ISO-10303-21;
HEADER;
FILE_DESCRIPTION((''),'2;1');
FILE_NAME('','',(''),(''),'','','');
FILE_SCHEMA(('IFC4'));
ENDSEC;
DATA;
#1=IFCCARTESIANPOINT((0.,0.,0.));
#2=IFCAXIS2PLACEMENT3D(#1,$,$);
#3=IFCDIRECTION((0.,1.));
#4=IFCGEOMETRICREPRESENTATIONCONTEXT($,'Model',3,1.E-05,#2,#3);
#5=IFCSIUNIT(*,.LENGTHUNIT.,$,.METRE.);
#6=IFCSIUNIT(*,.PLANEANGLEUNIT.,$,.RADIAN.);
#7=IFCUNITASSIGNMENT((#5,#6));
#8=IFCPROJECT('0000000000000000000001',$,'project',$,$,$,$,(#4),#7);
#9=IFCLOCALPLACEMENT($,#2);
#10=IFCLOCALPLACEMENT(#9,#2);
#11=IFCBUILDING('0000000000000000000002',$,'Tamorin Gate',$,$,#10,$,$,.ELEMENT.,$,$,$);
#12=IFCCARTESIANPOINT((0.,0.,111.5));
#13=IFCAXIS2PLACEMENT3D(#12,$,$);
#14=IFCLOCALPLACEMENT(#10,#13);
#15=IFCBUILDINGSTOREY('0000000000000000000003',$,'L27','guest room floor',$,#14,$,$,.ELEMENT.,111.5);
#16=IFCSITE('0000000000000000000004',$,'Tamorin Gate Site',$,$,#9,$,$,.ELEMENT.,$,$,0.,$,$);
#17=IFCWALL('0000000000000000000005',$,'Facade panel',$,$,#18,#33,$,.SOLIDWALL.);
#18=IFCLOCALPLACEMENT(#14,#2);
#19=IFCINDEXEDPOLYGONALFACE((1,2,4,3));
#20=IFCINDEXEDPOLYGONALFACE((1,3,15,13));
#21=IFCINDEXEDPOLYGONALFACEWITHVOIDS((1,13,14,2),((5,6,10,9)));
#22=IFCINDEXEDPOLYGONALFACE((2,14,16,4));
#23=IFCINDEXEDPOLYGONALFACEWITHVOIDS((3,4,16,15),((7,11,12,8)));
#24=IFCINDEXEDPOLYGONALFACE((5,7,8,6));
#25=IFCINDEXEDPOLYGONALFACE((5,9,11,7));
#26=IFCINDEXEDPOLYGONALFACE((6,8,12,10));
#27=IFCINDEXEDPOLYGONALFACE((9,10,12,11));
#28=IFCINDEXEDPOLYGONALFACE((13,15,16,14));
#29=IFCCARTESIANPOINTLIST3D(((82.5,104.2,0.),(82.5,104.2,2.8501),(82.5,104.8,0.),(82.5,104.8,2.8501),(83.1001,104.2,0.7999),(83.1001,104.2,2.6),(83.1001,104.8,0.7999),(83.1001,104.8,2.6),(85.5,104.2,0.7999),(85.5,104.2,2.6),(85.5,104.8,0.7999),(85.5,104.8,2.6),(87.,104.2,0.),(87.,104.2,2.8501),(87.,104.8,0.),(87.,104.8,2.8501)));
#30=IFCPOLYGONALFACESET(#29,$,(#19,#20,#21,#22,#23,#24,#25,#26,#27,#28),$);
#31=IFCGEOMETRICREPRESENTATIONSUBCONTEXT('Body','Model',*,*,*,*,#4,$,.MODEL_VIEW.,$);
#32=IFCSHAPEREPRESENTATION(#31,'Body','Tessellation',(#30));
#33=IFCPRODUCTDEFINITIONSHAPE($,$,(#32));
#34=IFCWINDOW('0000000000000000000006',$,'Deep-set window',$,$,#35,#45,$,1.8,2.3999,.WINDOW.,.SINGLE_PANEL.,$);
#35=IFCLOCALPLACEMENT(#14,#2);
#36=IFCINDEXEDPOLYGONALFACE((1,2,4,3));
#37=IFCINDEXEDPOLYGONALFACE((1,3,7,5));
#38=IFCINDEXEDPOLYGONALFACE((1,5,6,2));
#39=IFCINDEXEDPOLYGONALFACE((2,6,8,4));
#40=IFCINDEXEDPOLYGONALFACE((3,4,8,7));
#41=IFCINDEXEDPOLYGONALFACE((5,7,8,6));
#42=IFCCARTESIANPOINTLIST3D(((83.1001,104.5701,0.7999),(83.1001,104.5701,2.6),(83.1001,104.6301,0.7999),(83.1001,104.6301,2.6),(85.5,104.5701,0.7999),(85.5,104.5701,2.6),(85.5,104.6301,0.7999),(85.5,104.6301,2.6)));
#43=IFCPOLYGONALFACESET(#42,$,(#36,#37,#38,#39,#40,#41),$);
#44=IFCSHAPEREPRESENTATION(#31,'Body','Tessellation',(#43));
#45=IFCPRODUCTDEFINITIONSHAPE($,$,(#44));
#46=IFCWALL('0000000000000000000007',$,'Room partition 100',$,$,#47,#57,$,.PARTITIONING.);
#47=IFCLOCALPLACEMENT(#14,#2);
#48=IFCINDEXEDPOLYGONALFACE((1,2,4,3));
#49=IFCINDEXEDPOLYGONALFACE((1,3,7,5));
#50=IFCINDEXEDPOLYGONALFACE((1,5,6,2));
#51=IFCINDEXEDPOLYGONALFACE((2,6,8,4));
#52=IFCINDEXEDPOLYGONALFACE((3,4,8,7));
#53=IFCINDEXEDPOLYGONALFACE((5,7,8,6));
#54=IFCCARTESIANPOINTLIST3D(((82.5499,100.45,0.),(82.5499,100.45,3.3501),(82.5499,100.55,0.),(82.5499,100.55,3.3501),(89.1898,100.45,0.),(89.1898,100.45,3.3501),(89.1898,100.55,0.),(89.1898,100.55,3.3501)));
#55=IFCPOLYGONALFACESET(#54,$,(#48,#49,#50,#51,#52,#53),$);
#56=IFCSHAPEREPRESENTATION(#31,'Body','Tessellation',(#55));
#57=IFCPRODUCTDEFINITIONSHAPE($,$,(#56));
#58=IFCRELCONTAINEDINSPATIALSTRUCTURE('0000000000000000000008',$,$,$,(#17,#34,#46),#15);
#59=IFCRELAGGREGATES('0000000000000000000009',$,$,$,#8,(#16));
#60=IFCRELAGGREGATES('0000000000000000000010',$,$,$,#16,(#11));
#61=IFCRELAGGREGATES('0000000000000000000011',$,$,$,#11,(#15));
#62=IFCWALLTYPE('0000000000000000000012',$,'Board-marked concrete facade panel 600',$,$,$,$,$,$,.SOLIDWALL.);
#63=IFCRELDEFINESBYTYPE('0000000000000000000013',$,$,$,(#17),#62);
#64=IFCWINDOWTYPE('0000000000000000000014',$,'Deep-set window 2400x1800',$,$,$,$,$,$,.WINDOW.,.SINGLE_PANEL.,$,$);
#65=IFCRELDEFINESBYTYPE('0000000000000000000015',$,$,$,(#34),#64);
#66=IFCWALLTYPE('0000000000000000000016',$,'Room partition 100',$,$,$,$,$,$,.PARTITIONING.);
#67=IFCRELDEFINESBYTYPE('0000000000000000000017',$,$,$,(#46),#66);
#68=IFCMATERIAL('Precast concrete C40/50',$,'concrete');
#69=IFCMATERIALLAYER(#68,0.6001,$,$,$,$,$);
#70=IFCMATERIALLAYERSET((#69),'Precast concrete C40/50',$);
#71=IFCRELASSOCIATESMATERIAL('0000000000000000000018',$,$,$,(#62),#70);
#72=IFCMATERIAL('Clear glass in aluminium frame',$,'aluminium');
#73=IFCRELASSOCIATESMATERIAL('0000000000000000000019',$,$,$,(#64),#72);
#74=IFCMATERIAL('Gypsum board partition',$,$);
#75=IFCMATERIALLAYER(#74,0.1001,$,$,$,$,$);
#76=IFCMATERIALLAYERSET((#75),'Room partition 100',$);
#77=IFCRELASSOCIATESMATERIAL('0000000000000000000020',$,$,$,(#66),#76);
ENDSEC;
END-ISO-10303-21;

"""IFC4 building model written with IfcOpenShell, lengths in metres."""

from ifc_helpers import new_model, si_unit, direction, frame, frame_2d, origin, place, context, subcontext, project, spatial, rectangle, extrude, material, layer, layer_set, type_object, element, fill, save


model = new_model("IFC4")

# Units and contexts
model_context = context("Model", 3, precision=1e-05, world=origin(), true_north=direction((0.0, 1.0)))
body_context = subcontext(model_context, "Body", "Model", "MODEL_VIEW")
ifc_project = project(units=[si_unit("LENGTHUNIT", "METRE"), si_unit("PLANEANGLEUNIT", "RADIAN")], contexts=[model_context])

# Site, building, storey
site_placement = place(None, origin())
site = spatial("IfcSite", under=ifc_project, at=site_placement, Name="Tamorin Gate Site", CompositionType="ELEMENT", RefElevation=0.0)
building_placement = place(site_placement, origin())
building = spatial("IfcBuilding", under=site, at=building_placement, Name="Tamorin Gate", CompositionType="ELEMENT")
storey_placement = place(building_placement, frame((0.0, 0.0, 111.5)))
storey = spatial("IfcBuildingStorey", under=building, at=storey_placement, Name="L27", Description="guest room floor", CompositionType="ELEMENT", Elevation=111.5)

# Shared definitions
ifc_material_1 = material(Name="Precast concrete C40/50", Category="concrete")
ifc_layer_1 = layer(ifc_material_1, 0.6001)
ifc_layer_set_1 = layer_set([ifc_layer_1], Name="Precast concrete C40/50")
wall_type_1 = type_object("IfcWallType", Name="Board-marked concrete facade panel 600", PredefinedType="SOLIDWALL", material=ifc_layer_set_1)
ifc_material_2 = material(Name="Clear glass in aluminium frame", Category="aluminium")
window_type = type_object("IfcWindowType", Name="Deep-set window 2400x1800", PartitioningType="SINGLE_PANEL", PredefinedType="WINDOW", material=ifc_material_2)

# Wall, opening, window
wall_1_placement = place(storey_placement, frame((87.0, 104.5, 0.0), z_axis=(0.0, 0.0, 1.0), x_axis=(-1.0, 0.0, 0.0)))
wall_1 = element("IfcWall", 1, at=wall_1_placement, inside=storey, type_object=wall_type_1, Name="Facade panel", PredefinedType="SOLIDWALL", context=body_context, shape_type="SweptSolid", body=[
    extrude(rectangle(XDim=4.5, YDim=0.6001, at=frame_2d((2.25, 0.0))), origin(), (0.0, 0.0, 1.0), 2.8501),
])
opening_1_placement = place(wall_1_placement, frame((1.5, 0.0, 0.8)))
opening_1 = element("IfcOpeningElement", 2, at=opening_1_placement, cuts=wall_1, PredefinedType="OPENING", context=body_context, shape_type="SweptSolid", body=[
    extrude(rectangle(XDim=2.3999, YDim=1.8, at=frame_2d((1.2, 0.8999))), frame((0.0, 0.3101, 0.0), z_axis=(0.0, -1.0, 0.0), x_axis=(1.0, 0.0, 0.0)), (0.0, 0.0, 1.0), 0.6201),
])
window_1_placement = place(opening_1_placement, origin())
window_1 = element("IfcWindow", 3, at=window_1_placement, inside=storey, type_object=window_type, Name="Deep-set window", OverallHeight=1.8, OverallWidth=2.3999, PartitioningType="SINGLE_PANEL", PredefinedType="WINDOW", context=body_context, shape_type="SweptSolid", body=[
    extrude(rectangle(XDim=2.3999, YDim=1.8, at=frame_2d((1.2, 0.8999))), frame((0.0, -0.0701, 0.0), z_axis=(0.0, -1.0, 0.0), x_axis=(1.0, 0.0, 0.0)), (0.0, 0.0, 1.0), 0.0601),
])
fill(opening_1, window_1)

# Wall
ifc_material_3 = material(Name="Gypsum board partition")
ifc_layer_2 = layer(ifc_material_3, 0.1001)
ifc_layer_set_2 = layer_set([ifc_layer_2], Name="Room partition 100")
wall_type_2 = type_object("IfcWallType", Name="Room partition 100", PredefinedType="PARTITIONING", material=ifc_layer_set_2)
wall_2_placement = place(storey_placement, frame((82.55, 100.5, 0.0), z_axis=(0.0, 0.0, 1.0), x_axis=(1.0, 0.0, 0.0)))
element("IfcWall", 4, at=wall_2_placement, inside=storey, type_object=wall_type_2, Name="Room partition 100", PredefinedType="PARTITIONING", context=body_context, shape_type="SweptSolid", body=[
    extrude(rectangle(XDim=6.6399, YDim=0.1001, at=frame_2d((3.3198, 0.0))), origin(), (0.0, 0.0, 1.0), 3.3501),
])

save(model, "model.ifc")
